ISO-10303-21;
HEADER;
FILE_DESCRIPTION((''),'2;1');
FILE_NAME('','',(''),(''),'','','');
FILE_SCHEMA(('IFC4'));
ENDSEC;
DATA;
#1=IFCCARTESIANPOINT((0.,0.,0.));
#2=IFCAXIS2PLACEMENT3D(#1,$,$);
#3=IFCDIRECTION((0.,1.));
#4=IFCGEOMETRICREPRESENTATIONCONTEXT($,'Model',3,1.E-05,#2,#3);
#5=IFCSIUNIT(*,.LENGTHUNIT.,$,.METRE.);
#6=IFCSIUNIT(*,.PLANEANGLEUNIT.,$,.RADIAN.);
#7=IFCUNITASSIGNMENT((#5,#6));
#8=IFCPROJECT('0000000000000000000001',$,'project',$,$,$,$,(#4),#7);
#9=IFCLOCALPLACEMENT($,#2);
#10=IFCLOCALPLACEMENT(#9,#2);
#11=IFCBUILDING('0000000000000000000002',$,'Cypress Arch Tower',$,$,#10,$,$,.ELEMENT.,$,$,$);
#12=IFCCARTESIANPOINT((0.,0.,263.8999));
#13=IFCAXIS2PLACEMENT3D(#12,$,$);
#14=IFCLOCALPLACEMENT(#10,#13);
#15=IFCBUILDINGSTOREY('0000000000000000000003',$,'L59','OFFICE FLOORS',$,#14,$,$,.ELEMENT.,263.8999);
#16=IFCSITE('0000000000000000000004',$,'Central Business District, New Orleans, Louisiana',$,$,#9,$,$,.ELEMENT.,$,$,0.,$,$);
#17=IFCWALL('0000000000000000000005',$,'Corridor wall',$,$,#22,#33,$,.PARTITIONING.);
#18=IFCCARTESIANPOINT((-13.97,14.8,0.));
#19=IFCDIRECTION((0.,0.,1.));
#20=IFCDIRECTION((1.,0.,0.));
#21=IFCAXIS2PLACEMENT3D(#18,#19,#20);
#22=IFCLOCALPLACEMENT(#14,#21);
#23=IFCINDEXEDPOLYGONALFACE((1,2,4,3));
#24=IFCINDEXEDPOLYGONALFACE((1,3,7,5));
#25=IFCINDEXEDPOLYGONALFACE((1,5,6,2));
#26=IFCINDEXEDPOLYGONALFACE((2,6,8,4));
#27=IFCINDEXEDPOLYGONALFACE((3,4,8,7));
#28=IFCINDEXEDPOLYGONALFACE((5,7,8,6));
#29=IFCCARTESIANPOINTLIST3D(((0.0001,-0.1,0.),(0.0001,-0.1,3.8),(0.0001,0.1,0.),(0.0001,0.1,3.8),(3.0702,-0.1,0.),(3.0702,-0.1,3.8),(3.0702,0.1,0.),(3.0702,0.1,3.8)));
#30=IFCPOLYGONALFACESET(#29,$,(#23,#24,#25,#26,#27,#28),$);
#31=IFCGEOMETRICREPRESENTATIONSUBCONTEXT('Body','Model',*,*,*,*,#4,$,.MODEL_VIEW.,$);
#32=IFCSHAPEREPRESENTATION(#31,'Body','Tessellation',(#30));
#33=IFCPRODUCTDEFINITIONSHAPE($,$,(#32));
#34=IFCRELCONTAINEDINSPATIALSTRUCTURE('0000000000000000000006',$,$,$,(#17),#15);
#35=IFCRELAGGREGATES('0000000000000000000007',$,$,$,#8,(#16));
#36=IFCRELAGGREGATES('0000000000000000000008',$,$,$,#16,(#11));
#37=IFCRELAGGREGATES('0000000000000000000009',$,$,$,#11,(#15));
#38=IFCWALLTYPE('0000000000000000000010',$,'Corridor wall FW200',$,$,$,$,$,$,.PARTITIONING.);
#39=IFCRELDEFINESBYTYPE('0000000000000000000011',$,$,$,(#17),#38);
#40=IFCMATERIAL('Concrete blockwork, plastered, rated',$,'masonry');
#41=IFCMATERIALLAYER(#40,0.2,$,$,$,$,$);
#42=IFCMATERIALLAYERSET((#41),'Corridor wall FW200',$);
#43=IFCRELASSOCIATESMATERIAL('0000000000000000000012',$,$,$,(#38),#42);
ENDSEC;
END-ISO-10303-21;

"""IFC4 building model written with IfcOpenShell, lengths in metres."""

from ifc_helpers import new_model, si_unit, direction, frame, frame_2d, origin, place, context, subcontext, project, spatial, rectangle, extrude, material, layer, layer_set, type_object, element, save


model = new_model("IFC4")

# Units and contexts
model_context = context("Model", 3, precision=1e-05, world=origin(), true_north=direction((0.0, 1.0)))
body_context = subcontext(model_context, "Body", "Model", "MODEL_VIEW")
ifc_project = project(units=[si_unit("LENGTHUNIT", "METRE"), si_unit("PLANEANGLEUNIT", "RADIAN")], contexts=[model_context])

# Site, building, storey
site_placement = place(None, origin())
site = spatial("IfcSite", under=ifc_project, at=site_placement, Name="Central Business District, New Orleans, Louisiana", CompositionType="ELEMENT", RefElevation=0.0)
building_placement = place(site_placement, origin())
building = spatial("IfcBuilding", under=site, at=building_placement, Name="Cypress Arch Tower", CompositionType="ELEMENT")
storey_placement = place(building_placement, frame((0.0, 0.0, 263.8999)))
storey = spatial("IfcBuildingStorey", under=building, at=storey_placement, Name="L59", Description="OFFICE FLOORS", CompositionType="ELEMENT", Elevation=263.8999)

# Wall
ifc_material_1 = material(Name="Concrete blockwork, plastered, rated", Category="masonry")
ifc_layer_1 = layer(ifc_material_1, 0.2)
ifc_layer_set_1 = layer_set([ifc_layer_1], Name="Corridor wall FW200")
wall_type_1 = type_object("IfcWallType", Name="Corridor wall FW200", PredefinedType="PARTITIONING", material=ifc_layer_set_1)
wall_1_placement = place(storey_placement, frame((-13.97, 14.8, 0.0), z_axis=(0.0, 0.0, 1.0), x_axis=(1.0, 0.0, 0.0)))
element("IfcWall", 1, at=wall_1_placement, inside=storey, type_object=wall_type_1, Name="Corridor wall", PredefinedType="PARTITIONING", context=body_context, shape_type="SweptSolid", body=[
    extrude(rectangle(XDim=3.0701, YDim=0.2, at=frame_2d((1.5352, 0.0))), origin(), (0.0, 0.0, 1.0), 3.8),
])

save(model, "model.ifc")
